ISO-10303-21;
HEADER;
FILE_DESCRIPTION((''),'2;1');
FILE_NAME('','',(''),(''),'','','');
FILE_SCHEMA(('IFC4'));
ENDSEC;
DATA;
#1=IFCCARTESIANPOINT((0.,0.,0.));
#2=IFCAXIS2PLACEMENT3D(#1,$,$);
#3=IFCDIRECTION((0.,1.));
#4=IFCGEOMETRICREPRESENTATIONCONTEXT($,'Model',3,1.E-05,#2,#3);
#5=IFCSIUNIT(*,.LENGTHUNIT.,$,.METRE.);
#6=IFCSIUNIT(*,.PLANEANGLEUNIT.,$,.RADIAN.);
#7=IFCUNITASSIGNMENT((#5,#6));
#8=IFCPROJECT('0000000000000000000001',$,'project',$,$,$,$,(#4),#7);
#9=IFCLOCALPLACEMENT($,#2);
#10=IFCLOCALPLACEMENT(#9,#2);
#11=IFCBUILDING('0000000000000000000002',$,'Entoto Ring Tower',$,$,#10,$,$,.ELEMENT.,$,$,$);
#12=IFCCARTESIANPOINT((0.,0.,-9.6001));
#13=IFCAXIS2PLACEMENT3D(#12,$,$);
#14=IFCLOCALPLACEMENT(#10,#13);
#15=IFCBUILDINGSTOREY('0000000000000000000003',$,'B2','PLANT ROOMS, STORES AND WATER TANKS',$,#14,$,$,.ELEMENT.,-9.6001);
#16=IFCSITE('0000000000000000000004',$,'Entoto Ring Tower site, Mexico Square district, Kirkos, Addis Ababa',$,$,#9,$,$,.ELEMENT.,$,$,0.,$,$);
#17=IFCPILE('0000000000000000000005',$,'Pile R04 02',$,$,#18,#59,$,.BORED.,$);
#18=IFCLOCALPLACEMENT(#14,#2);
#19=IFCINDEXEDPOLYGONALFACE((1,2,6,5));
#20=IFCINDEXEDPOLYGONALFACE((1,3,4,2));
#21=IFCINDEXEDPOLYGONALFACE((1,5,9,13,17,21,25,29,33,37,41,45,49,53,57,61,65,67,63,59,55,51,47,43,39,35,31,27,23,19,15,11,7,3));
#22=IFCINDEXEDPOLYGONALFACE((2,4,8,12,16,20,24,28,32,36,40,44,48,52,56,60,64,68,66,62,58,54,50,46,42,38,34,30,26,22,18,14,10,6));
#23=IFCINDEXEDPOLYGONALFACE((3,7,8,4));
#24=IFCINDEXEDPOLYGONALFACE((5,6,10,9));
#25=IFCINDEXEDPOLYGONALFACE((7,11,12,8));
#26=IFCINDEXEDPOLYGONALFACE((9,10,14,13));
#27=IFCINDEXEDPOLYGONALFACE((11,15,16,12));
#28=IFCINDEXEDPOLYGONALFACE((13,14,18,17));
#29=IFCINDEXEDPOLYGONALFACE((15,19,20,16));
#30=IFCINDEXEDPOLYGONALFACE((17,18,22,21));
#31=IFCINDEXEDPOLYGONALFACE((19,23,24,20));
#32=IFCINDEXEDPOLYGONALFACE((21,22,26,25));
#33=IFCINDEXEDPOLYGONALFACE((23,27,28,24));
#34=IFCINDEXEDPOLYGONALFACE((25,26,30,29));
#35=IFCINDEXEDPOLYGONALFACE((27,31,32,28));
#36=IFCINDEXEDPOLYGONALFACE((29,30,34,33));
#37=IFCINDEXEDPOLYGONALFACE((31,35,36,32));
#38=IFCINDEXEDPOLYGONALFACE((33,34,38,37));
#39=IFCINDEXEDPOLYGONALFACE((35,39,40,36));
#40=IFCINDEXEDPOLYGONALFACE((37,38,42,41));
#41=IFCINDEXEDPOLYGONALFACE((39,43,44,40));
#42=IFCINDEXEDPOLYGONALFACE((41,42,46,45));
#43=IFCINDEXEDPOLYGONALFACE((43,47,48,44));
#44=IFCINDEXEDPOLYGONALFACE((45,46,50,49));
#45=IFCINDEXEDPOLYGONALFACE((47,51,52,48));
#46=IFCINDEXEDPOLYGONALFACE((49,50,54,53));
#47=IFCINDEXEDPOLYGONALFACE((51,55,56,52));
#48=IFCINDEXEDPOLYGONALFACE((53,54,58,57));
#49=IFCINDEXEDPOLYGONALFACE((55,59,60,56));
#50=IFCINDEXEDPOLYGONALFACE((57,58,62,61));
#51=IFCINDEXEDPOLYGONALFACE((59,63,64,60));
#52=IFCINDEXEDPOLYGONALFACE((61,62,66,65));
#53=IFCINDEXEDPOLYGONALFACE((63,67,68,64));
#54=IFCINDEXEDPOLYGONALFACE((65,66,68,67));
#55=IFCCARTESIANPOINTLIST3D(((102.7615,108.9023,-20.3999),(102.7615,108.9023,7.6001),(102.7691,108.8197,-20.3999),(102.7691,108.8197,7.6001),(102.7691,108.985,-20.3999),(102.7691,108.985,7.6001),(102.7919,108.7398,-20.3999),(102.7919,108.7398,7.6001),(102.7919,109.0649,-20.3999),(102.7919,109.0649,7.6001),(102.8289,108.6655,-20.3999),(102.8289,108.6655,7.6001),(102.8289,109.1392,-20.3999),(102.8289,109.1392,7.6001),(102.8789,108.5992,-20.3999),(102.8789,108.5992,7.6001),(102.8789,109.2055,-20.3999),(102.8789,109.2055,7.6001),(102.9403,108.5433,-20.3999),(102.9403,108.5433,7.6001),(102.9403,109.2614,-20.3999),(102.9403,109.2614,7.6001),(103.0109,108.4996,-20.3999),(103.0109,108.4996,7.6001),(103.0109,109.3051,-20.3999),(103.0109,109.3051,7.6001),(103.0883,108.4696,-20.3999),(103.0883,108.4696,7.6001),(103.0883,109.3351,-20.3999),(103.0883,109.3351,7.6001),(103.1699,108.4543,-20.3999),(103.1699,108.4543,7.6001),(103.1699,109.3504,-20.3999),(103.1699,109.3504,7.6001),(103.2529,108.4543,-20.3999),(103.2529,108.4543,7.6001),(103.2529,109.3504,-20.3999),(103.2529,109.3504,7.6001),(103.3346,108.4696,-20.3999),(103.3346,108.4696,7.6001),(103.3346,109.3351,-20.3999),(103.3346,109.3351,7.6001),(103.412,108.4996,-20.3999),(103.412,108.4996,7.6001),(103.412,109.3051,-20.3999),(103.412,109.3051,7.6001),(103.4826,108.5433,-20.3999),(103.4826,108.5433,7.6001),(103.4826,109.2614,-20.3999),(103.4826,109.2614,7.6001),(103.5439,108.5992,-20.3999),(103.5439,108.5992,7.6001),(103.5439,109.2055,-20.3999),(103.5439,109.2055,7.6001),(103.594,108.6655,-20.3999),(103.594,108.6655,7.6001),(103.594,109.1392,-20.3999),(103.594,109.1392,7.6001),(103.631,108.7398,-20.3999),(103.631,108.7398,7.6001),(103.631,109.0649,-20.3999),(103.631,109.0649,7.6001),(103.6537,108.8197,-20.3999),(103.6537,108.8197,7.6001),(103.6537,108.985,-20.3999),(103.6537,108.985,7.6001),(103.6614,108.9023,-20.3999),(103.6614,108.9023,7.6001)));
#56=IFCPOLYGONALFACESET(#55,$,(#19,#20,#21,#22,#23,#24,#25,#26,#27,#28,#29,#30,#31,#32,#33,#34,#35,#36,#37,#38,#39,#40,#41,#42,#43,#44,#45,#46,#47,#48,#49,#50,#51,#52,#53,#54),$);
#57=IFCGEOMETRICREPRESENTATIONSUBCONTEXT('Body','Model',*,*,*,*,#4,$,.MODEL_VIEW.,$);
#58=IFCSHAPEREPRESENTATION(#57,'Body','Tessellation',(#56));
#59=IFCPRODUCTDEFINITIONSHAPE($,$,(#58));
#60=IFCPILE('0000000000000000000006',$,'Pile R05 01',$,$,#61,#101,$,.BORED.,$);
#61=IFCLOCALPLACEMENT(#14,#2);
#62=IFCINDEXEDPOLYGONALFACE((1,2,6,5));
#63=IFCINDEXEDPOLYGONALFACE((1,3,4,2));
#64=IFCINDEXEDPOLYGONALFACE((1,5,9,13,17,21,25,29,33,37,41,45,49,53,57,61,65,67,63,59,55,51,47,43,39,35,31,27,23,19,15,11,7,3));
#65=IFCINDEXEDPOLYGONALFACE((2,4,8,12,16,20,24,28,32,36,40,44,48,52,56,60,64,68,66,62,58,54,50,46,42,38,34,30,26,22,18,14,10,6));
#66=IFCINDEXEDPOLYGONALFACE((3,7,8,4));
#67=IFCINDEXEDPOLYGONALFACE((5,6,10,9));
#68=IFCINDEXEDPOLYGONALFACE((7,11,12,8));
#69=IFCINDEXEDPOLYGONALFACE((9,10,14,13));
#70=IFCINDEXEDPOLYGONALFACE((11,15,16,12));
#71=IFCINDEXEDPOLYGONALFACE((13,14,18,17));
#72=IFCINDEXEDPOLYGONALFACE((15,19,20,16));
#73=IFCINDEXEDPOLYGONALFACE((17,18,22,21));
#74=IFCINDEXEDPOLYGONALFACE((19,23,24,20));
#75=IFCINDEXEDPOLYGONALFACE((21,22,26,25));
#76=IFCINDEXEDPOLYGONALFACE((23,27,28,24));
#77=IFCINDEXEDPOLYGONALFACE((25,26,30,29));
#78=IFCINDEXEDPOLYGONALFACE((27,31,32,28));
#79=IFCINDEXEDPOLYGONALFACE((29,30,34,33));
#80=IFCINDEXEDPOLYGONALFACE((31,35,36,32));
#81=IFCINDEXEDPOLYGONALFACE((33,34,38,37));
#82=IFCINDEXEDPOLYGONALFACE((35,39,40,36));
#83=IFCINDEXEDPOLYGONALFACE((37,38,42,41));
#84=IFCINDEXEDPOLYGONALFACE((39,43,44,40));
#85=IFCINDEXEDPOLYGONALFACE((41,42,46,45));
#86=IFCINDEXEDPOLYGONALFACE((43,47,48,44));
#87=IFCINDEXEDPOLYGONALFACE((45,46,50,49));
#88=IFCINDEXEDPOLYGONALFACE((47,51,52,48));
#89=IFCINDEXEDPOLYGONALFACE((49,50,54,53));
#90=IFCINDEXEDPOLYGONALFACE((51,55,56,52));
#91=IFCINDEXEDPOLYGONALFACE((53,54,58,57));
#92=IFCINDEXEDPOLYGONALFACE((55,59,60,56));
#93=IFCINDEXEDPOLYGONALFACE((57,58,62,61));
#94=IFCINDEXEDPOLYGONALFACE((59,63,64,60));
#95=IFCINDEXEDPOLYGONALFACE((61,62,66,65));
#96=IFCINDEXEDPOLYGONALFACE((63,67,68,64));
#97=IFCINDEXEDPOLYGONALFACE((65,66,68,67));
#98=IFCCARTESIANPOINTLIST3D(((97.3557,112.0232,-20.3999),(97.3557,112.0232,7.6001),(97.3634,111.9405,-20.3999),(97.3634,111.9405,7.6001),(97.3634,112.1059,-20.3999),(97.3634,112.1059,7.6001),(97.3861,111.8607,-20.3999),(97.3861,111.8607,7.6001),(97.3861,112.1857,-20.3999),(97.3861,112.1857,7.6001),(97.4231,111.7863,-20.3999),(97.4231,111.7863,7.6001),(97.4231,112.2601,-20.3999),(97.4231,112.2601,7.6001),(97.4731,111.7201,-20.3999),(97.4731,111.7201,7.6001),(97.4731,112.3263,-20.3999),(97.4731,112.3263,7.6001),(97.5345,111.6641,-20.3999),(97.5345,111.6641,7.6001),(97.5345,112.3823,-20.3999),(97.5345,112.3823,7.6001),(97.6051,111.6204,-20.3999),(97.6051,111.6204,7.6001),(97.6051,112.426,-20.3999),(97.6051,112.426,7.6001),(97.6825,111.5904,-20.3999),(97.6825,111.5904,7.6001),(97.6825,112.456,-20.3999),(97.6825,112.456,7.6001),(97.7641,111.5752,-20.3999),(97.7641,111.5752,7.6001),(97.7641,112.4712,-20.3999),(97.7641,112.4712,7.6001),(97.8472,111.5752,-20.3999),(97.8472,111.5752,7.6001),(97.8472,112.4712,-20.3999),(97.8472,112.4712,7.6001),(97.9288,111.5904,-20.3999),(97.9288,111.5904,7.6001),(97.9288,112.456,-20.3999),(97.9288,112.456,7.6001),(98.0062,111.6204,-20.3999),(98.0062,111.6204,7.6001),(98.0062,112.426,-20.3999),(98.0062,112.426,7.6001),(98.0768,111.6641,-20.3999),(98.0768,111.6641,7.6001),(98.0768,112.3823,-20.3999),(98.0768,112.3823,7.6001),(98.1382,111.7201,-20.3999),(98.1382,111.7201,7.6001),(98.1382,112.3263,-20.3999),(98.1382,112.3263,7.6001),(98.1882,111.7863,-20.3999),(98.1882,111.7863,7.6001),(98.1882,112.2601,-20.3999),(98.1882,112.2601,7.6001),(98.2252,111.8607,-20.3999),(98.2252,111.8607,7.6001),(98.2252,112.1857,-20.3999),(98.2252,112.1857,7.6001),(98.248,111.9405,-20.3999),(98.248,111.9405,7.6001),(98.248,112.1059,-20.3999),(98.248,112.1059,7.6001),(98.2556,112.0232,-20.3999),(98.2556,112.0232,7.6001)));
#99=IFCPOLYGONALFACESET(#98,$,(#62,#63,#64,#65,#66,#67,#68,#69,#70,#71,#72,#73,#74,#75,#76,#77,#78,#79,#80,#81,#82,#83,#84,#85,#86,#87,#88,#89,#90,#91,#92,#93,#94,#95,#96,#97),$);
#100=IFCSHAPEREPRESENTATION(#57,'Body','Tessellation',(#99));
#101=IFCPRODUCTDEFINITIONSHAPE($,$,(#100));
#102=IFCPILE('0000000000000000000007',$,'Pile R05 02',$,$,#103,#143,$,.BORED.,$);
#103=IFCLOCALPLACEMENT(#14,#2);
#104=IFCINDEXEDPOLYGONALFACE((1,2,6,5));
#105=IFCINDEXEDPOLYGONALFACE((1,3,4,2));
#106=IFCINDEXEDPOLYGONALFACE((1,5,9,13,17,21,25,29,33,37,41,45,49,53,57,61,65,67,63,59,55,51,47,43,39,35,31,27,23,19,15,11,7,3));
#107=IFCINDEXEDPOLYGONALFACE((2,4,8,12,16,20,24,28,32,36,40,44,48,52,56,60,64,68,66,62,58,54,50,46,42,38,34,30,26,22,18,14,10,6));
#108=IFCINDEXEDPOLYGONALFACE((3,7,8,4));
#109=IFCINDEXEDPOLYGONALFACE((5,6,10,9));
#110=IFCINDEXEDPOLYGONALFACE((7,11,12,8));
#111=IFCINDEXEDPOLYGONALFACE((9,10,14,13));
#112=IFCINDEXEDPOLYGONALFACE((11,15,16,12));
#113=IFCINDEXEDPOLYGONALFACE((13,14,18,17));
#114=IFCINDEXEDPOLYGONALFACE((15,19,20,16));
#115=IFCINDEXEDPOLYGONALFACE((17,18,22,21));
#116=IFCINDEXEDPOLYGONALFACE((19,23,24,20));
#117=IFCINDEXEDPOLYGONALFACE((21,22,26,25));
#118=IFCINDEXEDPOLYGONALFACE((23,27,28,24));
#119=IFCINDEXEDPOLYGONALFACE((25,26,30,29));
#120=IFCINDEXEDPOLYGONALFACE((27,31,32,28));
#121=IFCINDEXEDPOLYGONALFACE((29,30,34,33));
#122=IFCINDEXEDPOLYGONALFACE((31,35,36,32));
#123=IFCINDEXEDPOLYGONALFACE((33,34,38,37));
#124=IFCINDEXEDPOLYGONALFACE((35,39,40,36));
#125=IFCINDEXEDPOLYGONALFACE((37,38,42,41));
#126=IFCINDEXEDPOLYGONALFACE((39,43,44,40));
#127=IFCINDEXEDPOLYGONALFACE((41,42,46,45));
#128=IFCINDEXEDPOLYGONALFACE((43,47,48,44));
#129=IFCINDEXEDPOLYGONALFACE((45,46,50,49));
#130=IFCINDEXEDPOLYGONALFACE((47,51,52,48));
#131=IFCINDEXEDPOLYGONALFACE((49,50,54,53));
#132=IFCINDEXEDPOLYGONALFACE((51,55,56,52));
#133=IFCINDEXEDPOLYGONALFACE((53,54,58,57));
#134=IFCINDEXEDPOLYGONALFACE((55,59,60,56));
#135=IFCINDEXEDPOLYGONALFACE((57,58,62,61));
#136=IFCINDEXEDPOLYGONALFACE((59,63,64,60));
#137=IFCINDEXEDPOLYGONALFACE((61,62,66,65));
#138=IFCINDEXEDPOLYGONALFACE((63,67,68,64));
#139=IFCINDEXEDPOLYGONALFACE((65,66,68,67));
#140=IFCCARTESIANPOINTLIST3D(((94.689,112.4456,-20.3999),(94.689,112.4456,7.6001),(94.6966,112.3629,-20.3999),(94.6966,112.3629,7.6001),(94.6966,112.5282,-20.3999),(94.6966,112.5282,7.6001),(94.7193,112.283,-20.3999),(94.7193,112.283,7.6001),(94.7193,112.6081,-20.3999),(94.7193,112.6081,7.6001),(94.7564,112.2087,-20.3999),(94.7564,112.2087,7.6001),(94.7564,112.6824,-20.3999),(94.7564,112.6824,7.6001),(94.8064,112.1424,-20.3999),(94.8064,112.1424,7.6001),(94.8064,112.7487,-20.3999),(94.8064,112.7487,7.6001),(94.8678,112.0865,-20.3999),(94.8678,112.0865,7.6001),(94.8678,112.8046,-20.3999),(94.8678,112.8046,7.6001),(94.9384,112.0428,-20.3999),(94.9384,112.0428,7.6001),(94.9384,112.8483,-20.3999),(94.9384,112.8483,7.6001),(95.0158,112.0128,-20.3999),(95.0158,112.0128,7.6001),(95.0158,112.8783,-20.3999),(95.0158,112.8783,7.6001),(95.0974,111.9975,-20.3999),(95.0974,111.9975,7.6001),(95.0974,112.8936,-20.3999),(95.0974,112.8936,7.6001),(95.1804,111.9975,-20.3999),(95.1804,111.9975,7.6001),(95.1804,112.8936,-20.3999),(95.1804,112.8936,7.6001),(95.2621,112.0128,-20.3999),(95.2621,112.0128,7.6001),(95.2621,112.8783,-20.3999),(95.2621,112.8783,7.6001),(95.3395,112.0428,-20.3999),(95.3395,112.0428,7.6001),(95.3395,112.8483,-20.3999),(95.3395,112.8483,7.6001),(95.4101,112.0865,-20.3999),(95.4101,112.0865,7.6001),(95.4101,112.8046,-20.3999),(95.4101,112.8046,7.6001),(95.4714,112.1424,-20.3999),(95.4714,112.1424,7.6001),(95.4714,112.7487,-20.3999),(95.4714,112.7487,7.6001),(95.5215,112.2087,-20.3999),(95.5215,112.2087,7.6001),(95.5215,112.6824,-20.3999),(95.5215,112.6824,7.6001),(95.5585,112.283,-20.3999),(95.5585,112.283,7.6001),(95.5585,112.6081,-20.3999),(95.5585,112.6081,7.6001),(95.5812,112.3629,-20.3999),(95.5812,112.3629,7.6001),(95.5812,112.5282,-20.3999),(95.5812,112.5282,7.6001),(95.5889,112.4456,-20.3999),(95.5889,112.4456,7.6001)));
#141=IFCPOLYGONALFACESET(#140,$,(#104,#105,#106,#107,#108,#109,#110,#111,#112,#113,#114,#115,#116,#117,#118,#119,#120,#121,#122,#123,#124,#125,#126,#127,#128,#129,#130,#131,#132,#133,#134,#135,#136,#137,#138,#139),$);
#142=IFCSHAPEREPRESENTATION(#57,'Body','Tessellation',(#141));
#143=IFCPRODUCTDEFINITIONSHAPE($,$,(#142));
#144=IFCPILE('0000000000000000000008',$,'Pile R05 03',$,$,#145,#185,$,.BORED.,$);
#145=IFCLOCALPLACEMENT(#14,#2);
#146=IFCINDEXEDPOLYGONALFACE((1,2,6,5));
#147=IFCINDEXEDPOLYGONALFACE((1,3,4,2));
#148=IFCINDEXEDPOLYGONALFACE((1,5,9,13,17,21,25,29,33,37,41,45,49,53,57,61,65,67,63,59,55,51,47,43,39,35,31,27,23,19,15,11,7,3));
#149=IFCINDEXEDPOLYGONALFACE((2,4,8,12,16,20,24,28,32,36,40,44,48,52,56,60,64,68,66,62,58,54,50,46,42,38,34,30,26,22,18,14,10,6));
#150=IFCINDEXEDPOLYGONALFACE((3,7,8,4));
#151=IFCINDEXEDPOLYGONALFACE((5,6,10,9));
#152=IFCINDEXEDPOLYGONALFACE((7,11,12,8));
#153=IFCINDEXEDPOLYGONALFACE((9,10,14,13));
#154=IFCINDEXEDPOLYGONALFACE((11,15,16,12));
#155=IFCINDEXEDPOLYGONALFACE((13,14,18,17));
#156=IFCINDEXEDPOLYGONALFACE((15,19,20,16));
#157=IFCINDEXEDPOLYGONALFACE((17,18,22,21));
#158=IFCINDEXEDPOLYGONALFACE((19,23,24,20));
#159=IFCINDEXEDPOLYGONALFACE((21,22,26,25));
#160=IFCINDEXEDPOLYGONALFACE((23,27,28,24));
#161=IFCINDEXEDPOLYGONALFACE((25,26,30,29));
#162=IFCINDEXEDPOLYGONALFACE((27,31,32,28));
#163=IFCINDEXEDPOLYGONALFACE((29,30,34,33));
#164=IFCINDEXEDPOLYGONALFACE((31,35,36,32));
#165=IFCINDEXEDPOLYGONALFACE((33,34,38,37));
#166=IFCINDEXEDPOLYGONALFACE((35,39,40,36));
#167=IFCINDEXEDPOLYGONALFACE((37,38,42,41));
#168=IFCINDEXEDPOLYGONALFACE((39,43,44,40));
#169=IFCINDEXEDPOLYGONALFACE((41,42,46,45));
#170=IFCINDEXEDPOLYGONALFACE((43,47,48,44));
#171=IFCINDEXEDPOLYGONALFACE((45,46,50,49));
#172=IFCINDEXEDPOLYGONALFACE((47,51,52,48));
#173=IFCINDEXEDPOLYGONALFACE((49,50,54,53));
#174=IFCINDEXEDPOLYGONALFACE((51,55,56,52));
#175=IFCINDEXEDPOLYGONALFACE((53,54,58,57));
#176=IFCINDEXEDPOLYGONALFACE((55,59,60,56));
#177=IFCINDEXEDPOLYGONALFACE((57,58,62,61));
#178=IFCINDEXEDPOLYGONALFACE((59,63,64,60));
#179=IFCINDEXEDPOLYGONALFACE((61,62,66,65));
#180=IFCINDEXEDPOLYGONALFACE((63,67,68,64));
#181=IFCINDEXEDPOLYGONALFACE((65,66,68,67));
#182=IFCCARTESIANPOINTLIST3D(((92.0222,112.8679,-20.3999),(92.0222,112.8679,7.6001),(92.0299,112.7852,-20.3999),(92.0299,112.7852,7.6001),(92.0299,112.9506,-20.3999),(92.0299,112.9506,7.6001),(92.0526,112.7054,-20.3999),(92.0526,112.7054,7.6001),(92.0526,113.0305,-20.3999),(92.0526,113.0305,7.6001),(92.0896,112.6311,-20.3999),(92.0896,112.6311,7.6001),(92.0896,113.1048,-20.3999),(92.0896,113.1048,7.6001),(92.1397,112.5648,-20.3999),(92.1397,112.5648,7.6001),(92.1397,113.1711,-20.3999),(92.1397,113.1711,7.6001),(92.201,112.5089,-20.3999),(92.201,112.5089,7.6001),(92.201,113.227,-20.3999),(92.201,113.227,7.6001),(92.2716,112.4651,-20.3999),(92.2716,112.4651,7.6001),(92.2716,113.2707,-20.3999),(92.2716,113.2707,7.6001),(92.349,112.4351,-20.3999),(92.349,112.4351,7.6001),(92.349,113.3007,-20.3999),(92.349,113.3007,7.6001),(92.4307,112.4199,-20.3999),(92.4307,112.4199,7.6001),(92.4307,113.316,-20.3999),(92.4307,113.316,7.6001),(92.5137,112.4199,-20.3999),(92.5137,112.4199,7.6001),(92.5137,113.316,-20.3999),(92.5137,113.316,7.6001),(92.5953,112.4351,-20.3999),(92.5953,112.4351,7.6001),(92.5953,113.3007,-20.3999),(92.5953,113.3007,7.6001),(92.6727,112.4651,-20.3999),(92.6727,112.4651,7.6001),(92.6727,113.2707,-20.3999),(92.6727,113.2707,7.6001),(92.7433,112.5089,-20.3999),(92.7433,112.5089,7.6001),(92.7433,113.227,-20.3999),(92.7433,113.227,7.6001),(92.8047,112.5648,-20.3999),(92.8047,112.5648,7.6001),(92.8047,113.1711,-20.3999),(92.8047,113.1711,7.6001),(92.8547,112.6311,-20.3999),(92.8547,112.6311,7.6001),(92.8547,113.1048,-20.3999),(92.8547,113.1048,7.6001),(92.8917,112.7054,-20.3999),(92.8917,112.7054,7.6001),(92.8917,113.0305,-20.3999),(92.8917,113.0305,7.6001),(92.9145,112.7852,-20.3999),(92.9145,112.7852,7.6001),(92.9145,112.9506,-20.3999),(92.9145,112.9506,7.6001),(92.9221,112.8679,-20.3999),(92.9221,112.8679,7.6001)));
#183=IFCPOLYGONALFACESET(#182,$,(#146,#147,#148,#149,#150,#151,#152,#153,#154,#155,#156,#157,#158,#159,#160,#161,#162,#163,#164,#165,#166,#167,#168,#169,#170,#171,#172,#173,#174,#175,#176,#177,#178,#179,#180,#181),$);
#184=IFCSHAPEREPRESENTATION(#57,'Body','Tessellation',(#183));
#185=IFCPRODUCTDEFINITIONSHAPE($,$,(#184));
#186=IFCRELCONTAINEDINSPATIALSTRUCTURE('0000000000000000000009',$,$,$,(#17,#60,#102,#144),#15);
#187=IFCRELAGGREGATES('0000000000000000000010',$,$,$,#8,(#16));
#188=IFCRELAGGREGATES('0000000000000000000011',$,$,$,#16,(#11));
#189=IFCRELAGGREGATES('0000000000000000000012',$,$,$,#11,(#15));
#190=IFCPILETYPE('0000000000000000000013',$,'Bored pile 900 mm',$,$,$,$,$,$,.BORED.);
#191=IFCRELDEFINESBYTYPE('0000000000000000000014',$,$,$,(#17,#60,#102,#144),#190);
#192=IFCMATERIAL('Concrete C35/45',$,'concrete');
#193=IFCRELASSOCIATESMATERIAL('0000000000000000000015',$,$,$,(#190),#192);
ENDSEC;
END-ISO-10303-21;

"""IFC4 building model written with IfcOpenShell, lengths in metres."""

from ifc_helpers import new_model, si_unit, direction, frame, origin, origin_2d, place, context, subcontext, project, spatial, circle, extrude, material, material_profile, profile_set, type_object, element, save


model = new_model("IFC4")

# Units and contexts
model_context = context("Model", 3, precision=1e-05, world=origin(), true_north=direction((0.0, 1.0)))
body_context = subcontext(model_context, "Body", "Model", "MODEL_VIEW")
ifc_project = project(units=[si_unit("LENGTHUNIT", "METRE"), si_unit("PLANEANGLEUNIT", "RADIAN")], contexts=[model_context])

# Site, building, storey
site_placement = place(None, origin())
site = spatial("IfcSite", under=ifc_project, at=site_placement, Name="Entoto Ring Tower site, Mexico Square district, Kirkos, Addis Ababa", CompositionType="ELEMENT", RefElevation=0.0)
building_placement = place(site_placement, origin())
building = spatial("IfcBuilding", under=site, at=building_placement, Name="Entoto Ring Tower", CompositionType="ELEMENT")
storey_placement = place(building_placement, frame((0.0, 0.0, -9.6001)))
storey = spatial("IfcBuildingStorey", under=building, at=storey_placement, Name="B2", Description="PLANT ROOMS, STORES AND WATER TANKS", CompositionType="ELEMENT", Elevation=-9.6001)

# Piles
ifc_material_1 = material(Name="Concrete C35/45", Category="concrete")
ifc_material_profile_1 = material_profile(ifc_material_1, circle(Radius=0.45, at=origin_2d()), Name="Bored pile 900 mm")
ifc_profile_set_1 = profile_set([ifc_material_profile_1], Name="Concrete C35/45")
pile_type_1 = type_object("IfcPileType", Name="Bored pile 900 mm", PredefinedType="BORED", material=ifc_profile_set_1)
for number, where, z_axis, x_axis, name in (
    (1, (103.2114, 108.9023, 7.6001), (0.0, 0.0, -1.0), (1.0, 0.0, 0.0), "Pile R04 02"),
    (2, (97.8057, 112.0232, 7.6001), (0.0, 0.0, -1.0), (1.0, 0.0, 0.0), "Pile R05 01"),
    (3, (95.1389, 112.4456, 7.6001), (0.0, 0.0, -1.0), (1.0, 0.0, 0.0), "Pile R05 02"),
    (4, (92.4722, 112.8679, 7.6001), (0.0, 0.0, -1.0), (1.0, 0.0, 0.0), "Pile R05 03"),
):
    element("IfcPile", number, at=place(storey_placement, frame(where, z_axis=z_axis, x_axis=x_axis)), inside=storey, type_object=pile_type_1, Name=name, PredefinedType="BORED", context=body_context, shape_type="SweptSolid", body=[
        extrude(circle(Radius=0.45, at=origin_2d()), origin(), (0.0, 0.0, 1.0), 28.0),
    ])

save(model, "model.ifc")
